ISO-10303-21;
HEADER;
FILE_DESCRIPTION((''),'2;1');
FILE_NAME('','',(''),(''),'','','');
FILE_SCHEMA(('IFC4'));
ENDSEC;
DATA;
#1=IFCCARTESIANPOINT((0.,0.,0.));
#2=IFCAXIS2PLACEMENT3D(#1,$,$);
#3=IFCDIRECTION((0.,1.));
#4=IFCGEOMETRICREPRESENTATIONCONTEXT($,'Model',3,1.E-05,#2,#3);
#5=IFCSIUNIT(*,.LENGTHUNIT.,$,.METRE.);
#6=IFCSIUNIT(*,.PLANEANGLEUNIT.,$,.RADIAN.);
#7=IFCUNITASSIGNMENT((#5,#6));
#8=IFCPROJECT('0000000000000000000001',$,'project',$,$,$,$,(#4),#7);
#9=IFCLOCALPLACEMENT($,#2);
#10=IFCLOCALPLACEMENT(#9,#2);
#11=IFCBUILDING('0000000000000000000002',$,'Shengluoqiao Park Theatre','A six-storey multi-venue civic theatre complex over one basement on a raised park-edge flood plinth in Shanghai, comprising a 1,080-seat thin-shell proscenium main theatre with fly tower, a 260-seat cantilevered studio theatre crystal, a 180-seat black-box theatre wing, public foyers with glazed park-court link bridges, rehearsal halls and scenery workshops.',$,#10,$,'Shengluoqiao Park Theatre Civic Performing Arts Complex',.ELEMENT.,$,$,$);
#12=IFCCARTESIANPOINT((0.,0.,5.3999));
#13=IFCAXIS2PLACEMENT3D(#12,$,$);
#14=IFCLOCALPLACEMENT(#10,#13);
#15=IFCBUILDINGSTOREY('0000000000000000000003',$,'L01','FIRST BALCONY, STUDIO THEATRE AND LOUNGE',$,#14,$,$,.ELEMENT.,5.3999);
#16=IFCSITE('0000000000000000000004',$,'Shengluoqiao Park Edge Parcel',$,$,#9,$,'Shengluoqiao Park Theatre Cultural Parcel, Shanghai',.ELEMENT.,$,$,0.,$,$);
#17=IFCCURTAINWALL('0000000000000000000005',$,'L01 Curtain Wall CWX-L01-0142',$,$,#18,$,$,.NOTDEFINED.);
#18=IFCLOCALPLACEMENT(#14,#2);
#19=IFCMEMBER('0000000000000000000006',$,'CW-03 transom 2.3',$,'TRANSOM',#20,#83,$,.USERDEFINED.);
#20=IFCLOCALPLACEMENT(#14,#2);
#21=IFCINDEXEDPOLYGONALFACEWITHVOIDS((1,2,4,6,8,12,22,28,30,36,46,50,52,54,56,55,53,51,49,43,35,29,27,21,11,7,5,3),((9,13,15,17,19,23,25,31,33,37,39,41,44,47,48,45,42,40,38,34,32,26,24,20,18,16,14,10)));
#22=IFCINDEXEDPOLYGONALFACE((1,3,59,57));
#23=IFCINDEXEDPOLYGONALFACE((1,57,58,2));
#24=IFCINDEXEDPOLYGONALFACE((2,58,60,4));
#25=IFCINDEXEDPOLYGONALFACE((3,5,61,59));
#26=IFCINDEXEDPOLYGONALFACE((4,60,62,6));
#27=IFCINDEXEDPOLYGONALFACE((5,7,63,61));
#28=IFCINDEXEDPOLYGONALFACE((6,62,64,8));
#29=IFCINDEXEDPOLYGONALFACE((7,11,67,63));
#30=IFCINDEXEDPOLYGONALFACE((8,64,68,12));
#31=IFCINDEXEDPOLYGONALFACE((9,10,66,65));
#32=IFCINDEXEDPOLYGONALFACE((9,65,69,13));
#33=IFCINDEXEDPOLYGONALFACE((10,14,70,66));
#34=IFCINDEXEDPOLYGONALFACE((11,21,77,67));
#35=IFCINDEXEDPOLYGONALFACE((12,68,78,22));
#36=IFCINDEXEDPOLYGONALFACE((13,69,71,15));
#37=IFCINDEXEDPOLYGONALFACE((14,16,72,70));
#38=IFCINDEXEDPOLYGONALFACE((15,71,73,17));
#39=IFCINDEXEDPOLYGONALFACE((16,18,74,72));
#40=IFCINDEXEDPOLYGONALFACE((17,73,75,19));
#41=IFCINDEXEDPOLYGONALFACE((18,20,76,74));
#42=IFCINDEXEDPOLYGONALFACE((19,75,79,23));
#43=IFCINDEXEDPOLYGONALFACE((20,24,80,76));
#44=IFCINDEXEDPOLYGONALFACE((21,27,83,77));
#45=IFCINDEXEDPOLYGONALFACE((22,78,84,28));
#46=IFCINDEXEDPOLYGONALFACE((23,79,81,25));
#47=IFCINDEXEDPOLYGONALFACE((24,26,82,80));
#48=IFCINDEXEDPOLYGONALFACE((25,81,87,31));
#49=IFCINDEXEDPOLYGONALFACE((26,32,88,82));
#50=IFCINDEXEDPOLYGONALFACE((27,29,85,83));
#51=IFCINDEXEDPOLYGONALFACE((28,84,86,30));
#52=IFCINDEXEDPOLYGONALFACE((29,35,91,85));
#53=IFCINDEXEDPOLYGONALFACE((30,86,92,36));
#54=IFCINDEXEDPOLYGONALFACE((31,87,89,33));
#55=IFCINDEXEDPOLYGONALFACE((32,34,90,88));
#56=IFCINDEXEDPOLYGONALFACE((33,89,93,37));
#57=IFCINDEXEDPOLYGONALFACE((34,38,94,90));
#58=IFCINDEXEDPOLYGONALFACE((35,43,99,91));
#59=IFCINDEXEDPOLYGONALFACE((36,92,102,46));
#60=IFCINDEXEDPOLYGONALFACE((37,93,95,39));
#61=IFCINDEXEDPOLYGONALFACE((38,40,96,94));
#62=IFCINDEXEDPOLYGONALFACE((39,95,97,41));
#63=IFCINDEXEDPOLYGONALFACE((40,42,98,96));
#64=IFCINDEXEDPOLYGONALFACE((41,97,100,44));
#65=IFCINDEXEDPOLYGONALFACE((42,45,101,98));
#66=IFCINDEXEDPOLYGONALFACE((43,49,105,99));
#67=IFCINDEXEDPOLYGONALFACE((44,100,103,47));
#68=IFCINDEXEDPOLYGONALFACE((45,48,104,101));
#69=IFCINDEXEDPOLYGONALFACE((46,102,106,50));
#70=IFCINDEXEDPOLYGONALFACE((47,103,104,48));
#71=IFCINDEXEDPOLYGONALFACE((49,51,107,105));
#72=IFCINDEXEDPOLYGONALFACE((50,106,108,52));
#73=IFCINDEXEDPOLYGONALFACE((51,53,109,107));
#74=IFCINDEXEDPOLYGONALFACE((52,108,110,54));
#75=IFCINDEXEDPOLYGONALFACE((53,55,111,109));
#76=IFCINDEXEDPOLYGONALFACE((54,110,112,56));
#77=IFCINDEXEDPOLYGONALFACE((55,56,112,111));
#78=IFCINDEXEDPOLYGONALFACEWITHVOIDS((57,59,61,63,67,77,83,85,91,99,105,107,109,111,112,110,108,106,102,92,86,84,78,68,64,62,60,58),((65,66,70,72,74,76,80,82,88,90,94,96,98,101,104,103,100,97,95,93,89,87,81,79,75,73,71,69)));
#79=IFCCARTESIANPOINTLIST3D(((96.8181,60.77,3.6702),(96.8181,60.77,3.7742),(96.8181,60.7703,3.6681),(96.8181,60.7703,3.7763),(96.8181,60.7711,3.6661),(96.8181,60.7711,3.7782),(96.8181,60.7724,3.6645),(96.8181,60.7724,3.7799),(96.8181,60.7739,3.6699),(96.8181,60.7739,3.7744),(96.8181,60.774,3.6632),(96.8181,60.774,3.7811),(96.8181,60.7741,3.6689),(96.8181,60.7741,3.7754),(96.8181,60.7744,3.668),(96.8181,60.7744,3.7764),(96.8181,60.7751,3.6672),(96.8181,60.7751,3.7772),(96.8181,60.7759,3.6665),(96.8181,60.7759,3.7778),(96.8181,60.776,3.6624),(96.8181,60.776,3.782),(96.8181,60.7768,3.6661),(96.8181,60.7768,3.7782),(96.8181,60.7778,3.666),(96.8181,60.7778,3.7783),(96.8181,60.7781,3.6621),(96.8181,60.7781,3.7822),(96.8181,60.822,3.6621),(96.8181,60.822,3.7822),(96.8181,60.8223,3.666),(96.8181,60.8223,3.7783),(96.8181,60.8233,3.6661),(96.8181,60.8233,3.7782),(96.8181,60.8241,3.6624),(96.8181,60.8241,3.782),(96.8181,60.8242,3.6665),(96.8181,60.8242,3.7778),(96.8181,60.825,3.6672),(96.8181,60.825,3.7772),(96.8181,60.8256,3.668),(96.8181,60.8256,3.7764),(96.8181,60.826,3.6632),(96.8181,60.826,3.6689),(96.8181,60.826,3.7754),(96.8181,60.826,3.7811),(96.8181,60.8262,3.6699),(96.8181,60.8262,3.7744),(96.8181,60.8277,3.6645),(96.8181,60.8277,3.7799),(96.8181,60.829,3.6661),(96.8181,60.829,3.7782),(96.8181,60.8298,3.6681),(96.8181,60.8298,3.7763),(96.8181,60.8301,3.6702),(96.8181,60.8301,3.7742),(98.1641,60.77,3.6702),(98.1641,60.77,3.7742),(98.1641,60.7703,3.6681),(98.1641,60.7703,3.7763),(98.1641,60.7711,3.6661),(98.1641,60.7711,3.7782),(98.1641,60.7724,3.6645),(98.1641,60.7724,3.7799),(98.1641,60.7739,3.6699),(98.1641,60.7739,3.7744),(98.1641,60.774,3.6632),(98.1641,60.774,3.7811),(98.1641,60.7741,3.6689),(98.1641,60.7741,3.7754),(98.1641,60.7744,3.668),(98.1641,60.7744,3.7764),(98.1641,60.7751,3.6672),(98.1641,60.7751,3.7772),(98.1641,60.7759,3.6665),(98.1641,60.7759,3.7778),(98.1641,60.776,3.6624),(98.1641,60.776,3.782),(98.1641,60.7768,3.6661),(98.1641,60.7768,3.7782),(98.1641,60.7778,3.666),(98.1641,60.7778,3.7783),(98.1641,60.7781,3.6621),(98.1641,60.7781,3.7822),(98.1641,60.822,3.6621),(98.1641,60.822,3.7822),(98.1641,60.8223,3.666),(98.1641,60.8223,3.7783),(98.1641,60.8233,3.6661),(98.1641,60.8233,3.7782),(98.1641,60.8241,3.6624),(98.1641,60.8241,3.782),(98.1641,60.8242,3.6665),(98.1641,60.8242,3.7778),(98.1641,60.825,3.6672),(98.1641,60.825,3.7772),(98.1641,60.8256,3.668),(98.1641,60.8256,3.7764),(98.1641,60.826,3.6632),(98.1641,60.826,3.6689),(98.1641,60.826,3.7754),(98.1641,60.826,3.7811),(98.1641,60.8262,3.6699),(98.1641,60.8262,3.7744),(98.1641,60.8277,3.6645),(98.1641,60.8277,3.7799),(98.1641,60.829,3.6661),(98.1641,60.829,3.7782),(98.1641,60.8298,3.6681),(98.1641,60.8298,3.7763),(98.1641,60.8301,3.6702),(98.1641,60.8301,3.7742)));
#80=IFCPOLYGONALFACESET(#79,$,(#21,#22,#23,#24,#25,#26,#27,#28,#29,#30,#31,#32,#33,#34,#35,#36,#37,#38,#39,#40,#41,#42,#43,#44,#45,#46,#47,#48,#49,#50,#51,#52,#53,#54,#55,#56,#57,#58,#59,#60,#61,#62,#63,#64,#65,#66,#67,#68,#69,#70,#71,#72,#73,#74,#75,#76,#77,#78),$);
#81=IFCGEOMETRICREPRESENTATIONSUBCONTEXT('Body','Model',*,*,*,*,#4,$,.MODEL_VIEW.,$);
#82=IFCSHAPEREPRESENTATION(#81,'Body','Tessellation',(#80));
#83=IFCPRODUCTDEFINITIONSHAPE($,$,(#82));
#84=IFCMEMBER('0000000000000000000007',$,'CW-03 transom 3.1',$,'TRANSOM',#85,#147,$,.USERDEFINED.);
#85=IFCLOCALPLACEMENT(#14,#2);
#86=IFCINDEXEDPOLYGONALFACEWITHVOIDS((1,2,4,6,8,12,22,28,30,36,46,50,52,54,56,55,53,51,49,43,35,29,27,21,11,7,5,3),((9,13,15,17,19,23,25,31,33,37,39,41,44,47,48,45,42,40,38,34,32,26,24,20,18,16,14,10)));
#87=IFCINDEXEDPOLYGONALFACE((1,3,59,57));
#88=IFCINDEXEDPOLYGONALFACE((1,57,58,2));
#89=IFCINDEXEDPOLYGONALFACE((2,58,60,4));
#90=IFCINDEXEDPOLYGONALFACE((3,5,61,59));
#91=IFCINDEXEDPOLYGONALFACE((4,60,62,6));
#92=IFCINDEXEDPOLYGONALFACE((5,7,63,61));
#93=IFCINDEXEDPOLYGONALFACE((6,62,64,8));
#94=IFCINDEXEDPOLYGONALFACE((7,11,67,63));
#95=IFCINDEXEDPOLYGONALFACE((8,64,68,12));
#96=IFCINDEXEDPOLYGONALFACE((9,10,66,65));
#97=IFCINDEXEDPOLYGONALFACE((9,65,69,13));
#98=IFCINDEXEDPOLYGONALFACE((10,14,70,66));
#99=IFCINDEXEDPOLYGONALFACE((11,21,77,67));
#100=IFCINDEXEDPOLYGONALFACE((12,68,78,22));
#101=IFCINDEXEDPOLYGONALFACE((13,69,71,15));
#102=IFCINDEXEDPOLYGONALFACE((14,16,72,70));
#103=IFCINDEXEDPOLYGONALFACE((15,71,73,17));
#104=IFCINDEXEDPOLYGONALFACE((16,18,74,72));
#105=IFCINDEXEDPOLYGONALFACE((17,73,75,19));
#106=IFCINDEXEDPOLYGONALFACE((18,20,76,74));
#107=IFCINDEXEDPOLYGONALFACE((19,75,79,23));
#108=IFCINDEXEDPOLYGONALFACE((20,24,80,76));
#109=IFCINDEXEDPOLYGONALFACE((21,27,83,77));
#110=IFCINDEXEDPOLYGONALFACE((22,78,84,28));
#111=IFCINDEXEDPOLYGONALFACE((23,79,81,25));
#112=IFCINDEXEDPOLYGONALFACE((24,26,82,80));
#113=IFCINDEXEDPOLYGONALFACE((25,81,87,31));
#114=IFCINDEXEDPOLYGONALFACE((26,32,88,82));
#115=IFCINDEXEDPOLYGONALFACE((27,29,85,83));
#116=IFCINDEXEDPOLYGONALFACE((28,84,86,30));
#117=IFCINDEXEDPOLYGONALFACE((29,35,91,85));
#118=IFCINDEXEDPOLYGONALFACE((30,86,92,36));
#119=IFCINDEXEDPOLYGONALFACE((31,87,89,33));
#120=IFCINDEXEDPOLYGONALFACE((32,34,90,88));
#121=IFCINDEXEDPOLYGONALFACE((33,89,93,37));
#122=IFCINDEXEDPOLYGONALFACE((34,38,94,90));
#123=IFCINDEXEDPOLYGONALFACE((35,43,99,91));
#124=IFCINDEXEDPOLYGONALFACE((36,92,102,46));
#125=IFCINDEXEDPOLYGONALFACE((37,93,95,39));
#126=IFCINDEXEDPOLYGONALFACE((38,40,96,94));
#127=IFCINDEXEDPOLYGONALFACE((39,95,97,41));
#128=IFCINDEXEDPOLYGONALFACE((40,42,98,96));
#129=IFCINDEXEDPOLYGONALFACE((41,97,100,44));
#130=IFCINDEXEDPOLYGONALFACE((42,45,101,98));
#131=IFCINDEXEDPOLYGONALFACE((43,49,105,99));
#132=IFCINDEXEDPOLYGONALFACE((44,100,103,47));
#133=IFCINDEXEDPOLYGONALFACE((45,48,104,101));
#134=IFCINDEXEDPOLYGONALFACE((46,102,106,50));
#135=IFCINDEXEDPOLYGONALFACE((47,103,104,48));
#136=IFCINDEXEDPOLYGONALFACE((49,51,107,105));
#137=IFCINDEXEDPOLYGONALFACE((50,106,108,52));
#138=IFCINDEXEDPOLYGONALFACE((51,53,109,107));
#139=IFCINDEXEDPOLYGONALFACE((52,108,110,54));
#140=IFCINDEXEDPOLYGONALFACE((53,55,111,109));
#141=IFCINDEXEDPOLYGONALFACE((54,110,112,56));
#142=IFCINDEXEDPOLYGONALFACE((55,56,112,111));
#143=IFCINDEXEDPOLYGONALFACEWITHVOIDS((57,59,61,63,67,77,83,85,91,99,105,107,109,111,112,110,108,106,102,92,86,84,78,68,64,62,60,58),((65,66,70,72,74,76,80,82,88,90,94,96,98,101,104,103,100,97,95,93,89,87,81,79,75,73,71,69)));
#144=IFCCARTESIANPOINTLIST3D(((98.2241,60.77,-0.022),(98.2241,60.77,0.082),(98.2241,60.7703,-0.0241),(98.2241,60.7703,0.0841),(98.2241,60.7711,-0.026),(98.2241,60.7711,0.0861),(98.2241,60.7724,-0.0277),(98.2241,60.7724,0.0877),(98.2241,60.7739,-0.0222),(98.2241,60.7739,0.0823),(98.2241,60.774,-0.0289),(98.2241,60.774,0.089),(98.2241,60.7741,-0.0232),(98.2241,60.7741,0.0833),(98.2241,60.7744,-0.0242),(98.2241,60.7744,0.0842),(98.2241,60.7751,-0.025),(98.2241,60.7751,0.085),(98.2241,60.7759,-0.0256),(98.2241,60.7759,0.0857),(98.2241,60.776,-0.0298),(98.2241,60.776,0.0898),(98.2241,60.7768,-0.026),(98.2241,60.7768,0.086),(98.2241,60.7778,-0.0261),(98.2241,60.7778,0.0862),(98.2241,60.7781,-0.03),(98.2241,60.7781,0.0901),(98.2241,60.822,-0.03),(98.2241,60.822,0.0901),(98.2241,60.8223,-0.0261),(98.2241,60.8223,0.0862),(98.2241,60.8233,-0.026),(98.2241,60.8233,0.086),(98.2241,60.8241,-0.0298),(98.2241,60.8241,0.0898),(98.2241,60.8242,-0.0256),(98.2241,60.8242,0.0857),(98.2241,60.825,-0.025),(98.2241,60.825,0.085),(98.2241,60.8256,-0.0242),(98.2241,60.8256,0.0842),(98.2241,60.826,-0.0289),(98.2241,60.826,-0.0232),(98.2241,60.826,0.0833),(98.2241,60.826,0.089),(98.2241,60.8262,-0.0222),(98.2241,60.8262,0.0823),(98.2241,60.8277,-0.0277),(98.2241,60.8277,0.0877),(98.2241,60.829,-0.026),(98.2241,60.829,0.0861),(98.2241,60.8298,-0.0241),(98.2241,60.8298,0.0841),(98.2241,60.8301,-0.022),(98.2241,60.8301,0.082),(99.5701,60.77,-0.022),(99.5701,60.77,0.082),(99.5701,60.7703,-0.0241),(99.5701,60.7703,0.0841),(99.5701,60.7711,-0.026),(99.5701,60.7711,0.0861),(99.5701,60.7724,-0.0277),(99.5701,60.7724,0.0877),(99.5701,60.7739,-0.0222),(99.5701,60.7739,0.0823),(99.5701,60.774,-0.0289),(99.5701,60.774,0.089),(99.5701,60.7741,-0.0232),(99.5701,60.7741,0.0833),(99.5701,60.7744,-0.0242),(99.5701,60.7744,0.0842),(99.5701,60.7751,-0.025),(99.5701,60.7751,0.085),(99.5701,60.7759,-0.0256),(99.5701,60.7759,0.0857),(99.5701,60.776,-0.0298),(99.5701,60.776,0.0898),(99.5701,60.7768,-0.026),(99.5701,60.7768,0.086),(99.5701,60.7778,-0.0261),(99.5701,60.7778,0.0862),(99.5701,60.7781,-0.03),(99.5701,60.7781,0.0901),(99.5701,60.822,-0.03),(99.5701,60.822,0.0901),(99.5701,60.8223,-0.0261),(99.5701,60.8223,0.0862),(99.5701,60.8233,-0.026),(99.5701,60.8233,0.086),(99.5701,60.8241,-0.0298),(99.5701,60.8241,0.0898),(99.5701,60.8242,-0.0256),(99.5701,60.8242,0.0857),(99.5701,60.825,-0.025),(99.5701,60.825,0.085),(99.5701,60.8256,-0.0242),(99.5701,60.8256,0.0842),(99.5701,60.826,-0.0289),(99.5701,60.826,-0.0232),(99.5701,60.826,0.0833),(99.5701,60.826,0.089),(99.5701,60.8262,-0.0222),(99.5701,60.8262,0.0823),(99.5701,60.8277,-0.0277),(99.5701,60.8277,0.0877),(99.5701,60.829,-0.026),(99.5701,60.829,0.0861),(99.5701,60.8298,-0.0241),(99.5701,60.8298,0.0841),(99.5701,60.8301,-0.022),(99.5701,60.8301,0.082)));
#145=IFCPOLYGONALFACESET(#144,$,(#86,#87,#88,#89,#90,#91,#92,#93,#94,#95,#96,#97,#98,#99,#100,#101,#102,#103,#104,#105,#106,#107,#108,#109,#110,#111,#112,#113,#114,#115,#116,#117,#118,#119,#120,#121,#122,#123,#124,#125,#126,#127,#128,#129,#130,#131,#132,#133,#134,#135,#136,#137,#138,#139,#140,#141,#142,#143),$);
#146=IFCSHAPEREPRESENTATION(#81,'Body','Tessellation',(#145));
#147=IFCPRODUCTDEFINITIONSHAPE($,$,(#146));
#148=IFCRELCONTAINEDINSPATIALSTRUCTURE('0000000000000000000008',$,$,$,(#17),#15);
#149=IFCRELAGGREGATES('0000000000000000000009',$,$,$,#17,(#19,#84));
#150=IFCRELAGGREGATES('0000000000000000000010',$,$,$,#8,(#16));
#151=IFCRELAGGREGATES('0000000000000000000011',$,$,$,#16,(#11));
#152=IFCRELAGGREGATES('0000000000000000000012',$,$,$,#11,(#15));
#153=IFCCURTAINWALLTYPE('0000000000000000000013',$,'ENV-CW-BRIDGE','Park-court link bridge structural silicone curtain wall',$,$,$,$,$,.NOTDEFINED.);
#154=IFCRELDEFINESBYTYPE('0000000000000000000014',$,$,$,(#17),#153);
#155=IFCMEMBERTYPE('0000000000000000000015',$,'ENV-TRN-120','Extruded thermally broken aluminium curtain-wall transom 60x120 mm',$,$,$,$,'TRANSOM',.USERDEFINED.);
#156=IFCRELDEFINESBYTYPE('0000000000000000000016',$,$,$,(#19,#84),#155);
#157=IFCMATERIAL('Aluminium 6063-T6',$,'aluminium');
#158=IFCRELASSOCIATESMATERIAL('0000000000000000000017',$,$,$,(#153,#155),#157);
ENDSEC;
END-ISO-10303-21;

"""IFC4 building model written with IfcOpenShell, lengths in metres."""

from ifc_helpers import new_model, si_unit, direction, frame, origin, origin_2d, place, context, subcontext, project, spatial, hollow_rectangle, extrude, material, material_profile, profile_set, type_object, element, aggregate, save


model = new_model("IFC4")

# Units and contexts
model_context = context("Model", 3, precision=1e-05, world=origin(), true_north=direction((0.0, 1.0)))
body_context = subcontext(model_context, "Body", "Model", "MODEL_VIEW")
ifc_project = project(units=[si_unit("LENGTHUNIT", "METRE"), si_unit("PLANEANGLEUNIT", "RADIAN")], contexts=[model_context])

# Site, building, storey
site_placement = place(None, origin())
site = spatial("IfcSite", under=ifc_project, at=site_placement, Name="Shengluoqiao Park Edge Parcel", LongName="Shengluoqiao Park Theatre Cultural Parcel, Shanghai", CompositionType="ELEMENT", RefElevation=0.0)
building_placement = place(site_placement, origin())
building = spatial("IfcBuilding", under=site, at=building_placement, Name="Shengluoqiao Park Theatre", Description="A six-storey multi-venue civic theatre complex over one basement on a raised park-edge flood plinth in Shanghai, comprising a 1,080-seat thin-shell proscenium main theatre with fly tower, a 260-seat cantilevered studio theatre crystal, a 180-seat black-box theatre wing, public foyers with glazed park-court link bridges, rehearsal halls and scenery workshops.", LongName="Shengluoqiao Park Theatre Civic Performing Arts Complex", CompositionType="ELEMENT")
storey_placement = place(building_placement, frame((0.0, 0.0, 5.3999)))
storey = spatial("IfcBuildingStorey", under=building, at=storey_placement, Name="L01", Description="FIRST BALCONY, STUDIO THEATRE AND LOUNGE", CompositionType="ELEMENT", Elevation=5.3999)

# Shared definitions
ifc_material_1 = material(Name="Aluminium 6063-T6", Category="aluminium")
curtain_wall_type = type_object("IfcCurtainWallType", Name="ENV-CW-BRIDGE", Description="Park-court link bridge structural silicone curtain wall", PredefinedType="NOTDEFINED", material=ifc_material_1)

# Curtain wall
curtain_wall_1_placement = place(storey_placement, origin())
curtain_wall_1 = element("IfcCurtainWall", 1, at=curtain_wall_1_placement, inside=storey, type_object=curtain_wall_type, Name="L01 Curtain Wall CWX-L01-0142", PredefinedType="NOTDEFINED")

# Members
ifc_material_profile_1 = material_profile(ifc_material_1, hollow_rectangle(XDim=0.0601, YDim=0.1201, WallThickness=0.0039, InnerFilletRadius=0.0039, OuterFilletRadius=0.0081, at=origin_2d()), Name="ALU TRANSOM 120x60x4")
ifc_profile_set_1 = profile_set([ifc_material_profile_1], Name="Aluminium 6063-T6")
member_type_1 = type_object("IfcMemberType", Name="ENV-TRN-120", Description="Extruded thermally broken aluminium curtain-wall transom 60x120 mm", ElementType="TRANSOM", PredefinedType="USERDEFINED", material=ifc_profile_set_1)
member_1_placement = place(storey_placement, frame((96.8181, 60.8, 3.7222), z_axis=(1.0, 0.0, 0.0), x_axis=(0.0, 1.0, 0.0)))
member_1 = element("IfcMember", 2, at=member_1_placement, type_object=member_type_1, Name="CW-03 transom 2.3", ObjectType="TRANSOM", PredefinedType="USERDEFINED", context=body_context, shape_type="SweptSolid", body=[
    extrude(hollow_rectangle(XDim=0.0601, YDim=0.1201, WallThickness=0.0039, InnerFilletRadius=0.0039, OuterFilletRadius=0.0081, at=origin_2d()), origin(), (0.0, 0.0, 1.0), 1.3459),
])
member_2_placement = place(storey_placement, frame((98.2241, 60.8, 0.03), z_axis=(1.0, 0.0, 0.0), x_axis=(0.0, 1.0, 0.0)))
member_2 = element("IfcMember", 3, at=member_2_placement, type_object=member_type_1, Name="CW-03 transom 3.1", ObjectType="TRANSOM", PredefinedType="USERDEFINED", context=body_context, shape_type="SweptSolid", body=[
    extrude(hollow_rectangle(XDim=0.0601, YDim=0.1201, WallThickness=0.0039, InnerFilletRadius=0.0039, OuterFilletRadius=0.0081, at=origin_2d()), origin(), (0.0, 0.0, 1.0), 1.3459),
])

aggregate(curtain_wall_1, [member_1, member_2])

save(model, "model.ifc")
